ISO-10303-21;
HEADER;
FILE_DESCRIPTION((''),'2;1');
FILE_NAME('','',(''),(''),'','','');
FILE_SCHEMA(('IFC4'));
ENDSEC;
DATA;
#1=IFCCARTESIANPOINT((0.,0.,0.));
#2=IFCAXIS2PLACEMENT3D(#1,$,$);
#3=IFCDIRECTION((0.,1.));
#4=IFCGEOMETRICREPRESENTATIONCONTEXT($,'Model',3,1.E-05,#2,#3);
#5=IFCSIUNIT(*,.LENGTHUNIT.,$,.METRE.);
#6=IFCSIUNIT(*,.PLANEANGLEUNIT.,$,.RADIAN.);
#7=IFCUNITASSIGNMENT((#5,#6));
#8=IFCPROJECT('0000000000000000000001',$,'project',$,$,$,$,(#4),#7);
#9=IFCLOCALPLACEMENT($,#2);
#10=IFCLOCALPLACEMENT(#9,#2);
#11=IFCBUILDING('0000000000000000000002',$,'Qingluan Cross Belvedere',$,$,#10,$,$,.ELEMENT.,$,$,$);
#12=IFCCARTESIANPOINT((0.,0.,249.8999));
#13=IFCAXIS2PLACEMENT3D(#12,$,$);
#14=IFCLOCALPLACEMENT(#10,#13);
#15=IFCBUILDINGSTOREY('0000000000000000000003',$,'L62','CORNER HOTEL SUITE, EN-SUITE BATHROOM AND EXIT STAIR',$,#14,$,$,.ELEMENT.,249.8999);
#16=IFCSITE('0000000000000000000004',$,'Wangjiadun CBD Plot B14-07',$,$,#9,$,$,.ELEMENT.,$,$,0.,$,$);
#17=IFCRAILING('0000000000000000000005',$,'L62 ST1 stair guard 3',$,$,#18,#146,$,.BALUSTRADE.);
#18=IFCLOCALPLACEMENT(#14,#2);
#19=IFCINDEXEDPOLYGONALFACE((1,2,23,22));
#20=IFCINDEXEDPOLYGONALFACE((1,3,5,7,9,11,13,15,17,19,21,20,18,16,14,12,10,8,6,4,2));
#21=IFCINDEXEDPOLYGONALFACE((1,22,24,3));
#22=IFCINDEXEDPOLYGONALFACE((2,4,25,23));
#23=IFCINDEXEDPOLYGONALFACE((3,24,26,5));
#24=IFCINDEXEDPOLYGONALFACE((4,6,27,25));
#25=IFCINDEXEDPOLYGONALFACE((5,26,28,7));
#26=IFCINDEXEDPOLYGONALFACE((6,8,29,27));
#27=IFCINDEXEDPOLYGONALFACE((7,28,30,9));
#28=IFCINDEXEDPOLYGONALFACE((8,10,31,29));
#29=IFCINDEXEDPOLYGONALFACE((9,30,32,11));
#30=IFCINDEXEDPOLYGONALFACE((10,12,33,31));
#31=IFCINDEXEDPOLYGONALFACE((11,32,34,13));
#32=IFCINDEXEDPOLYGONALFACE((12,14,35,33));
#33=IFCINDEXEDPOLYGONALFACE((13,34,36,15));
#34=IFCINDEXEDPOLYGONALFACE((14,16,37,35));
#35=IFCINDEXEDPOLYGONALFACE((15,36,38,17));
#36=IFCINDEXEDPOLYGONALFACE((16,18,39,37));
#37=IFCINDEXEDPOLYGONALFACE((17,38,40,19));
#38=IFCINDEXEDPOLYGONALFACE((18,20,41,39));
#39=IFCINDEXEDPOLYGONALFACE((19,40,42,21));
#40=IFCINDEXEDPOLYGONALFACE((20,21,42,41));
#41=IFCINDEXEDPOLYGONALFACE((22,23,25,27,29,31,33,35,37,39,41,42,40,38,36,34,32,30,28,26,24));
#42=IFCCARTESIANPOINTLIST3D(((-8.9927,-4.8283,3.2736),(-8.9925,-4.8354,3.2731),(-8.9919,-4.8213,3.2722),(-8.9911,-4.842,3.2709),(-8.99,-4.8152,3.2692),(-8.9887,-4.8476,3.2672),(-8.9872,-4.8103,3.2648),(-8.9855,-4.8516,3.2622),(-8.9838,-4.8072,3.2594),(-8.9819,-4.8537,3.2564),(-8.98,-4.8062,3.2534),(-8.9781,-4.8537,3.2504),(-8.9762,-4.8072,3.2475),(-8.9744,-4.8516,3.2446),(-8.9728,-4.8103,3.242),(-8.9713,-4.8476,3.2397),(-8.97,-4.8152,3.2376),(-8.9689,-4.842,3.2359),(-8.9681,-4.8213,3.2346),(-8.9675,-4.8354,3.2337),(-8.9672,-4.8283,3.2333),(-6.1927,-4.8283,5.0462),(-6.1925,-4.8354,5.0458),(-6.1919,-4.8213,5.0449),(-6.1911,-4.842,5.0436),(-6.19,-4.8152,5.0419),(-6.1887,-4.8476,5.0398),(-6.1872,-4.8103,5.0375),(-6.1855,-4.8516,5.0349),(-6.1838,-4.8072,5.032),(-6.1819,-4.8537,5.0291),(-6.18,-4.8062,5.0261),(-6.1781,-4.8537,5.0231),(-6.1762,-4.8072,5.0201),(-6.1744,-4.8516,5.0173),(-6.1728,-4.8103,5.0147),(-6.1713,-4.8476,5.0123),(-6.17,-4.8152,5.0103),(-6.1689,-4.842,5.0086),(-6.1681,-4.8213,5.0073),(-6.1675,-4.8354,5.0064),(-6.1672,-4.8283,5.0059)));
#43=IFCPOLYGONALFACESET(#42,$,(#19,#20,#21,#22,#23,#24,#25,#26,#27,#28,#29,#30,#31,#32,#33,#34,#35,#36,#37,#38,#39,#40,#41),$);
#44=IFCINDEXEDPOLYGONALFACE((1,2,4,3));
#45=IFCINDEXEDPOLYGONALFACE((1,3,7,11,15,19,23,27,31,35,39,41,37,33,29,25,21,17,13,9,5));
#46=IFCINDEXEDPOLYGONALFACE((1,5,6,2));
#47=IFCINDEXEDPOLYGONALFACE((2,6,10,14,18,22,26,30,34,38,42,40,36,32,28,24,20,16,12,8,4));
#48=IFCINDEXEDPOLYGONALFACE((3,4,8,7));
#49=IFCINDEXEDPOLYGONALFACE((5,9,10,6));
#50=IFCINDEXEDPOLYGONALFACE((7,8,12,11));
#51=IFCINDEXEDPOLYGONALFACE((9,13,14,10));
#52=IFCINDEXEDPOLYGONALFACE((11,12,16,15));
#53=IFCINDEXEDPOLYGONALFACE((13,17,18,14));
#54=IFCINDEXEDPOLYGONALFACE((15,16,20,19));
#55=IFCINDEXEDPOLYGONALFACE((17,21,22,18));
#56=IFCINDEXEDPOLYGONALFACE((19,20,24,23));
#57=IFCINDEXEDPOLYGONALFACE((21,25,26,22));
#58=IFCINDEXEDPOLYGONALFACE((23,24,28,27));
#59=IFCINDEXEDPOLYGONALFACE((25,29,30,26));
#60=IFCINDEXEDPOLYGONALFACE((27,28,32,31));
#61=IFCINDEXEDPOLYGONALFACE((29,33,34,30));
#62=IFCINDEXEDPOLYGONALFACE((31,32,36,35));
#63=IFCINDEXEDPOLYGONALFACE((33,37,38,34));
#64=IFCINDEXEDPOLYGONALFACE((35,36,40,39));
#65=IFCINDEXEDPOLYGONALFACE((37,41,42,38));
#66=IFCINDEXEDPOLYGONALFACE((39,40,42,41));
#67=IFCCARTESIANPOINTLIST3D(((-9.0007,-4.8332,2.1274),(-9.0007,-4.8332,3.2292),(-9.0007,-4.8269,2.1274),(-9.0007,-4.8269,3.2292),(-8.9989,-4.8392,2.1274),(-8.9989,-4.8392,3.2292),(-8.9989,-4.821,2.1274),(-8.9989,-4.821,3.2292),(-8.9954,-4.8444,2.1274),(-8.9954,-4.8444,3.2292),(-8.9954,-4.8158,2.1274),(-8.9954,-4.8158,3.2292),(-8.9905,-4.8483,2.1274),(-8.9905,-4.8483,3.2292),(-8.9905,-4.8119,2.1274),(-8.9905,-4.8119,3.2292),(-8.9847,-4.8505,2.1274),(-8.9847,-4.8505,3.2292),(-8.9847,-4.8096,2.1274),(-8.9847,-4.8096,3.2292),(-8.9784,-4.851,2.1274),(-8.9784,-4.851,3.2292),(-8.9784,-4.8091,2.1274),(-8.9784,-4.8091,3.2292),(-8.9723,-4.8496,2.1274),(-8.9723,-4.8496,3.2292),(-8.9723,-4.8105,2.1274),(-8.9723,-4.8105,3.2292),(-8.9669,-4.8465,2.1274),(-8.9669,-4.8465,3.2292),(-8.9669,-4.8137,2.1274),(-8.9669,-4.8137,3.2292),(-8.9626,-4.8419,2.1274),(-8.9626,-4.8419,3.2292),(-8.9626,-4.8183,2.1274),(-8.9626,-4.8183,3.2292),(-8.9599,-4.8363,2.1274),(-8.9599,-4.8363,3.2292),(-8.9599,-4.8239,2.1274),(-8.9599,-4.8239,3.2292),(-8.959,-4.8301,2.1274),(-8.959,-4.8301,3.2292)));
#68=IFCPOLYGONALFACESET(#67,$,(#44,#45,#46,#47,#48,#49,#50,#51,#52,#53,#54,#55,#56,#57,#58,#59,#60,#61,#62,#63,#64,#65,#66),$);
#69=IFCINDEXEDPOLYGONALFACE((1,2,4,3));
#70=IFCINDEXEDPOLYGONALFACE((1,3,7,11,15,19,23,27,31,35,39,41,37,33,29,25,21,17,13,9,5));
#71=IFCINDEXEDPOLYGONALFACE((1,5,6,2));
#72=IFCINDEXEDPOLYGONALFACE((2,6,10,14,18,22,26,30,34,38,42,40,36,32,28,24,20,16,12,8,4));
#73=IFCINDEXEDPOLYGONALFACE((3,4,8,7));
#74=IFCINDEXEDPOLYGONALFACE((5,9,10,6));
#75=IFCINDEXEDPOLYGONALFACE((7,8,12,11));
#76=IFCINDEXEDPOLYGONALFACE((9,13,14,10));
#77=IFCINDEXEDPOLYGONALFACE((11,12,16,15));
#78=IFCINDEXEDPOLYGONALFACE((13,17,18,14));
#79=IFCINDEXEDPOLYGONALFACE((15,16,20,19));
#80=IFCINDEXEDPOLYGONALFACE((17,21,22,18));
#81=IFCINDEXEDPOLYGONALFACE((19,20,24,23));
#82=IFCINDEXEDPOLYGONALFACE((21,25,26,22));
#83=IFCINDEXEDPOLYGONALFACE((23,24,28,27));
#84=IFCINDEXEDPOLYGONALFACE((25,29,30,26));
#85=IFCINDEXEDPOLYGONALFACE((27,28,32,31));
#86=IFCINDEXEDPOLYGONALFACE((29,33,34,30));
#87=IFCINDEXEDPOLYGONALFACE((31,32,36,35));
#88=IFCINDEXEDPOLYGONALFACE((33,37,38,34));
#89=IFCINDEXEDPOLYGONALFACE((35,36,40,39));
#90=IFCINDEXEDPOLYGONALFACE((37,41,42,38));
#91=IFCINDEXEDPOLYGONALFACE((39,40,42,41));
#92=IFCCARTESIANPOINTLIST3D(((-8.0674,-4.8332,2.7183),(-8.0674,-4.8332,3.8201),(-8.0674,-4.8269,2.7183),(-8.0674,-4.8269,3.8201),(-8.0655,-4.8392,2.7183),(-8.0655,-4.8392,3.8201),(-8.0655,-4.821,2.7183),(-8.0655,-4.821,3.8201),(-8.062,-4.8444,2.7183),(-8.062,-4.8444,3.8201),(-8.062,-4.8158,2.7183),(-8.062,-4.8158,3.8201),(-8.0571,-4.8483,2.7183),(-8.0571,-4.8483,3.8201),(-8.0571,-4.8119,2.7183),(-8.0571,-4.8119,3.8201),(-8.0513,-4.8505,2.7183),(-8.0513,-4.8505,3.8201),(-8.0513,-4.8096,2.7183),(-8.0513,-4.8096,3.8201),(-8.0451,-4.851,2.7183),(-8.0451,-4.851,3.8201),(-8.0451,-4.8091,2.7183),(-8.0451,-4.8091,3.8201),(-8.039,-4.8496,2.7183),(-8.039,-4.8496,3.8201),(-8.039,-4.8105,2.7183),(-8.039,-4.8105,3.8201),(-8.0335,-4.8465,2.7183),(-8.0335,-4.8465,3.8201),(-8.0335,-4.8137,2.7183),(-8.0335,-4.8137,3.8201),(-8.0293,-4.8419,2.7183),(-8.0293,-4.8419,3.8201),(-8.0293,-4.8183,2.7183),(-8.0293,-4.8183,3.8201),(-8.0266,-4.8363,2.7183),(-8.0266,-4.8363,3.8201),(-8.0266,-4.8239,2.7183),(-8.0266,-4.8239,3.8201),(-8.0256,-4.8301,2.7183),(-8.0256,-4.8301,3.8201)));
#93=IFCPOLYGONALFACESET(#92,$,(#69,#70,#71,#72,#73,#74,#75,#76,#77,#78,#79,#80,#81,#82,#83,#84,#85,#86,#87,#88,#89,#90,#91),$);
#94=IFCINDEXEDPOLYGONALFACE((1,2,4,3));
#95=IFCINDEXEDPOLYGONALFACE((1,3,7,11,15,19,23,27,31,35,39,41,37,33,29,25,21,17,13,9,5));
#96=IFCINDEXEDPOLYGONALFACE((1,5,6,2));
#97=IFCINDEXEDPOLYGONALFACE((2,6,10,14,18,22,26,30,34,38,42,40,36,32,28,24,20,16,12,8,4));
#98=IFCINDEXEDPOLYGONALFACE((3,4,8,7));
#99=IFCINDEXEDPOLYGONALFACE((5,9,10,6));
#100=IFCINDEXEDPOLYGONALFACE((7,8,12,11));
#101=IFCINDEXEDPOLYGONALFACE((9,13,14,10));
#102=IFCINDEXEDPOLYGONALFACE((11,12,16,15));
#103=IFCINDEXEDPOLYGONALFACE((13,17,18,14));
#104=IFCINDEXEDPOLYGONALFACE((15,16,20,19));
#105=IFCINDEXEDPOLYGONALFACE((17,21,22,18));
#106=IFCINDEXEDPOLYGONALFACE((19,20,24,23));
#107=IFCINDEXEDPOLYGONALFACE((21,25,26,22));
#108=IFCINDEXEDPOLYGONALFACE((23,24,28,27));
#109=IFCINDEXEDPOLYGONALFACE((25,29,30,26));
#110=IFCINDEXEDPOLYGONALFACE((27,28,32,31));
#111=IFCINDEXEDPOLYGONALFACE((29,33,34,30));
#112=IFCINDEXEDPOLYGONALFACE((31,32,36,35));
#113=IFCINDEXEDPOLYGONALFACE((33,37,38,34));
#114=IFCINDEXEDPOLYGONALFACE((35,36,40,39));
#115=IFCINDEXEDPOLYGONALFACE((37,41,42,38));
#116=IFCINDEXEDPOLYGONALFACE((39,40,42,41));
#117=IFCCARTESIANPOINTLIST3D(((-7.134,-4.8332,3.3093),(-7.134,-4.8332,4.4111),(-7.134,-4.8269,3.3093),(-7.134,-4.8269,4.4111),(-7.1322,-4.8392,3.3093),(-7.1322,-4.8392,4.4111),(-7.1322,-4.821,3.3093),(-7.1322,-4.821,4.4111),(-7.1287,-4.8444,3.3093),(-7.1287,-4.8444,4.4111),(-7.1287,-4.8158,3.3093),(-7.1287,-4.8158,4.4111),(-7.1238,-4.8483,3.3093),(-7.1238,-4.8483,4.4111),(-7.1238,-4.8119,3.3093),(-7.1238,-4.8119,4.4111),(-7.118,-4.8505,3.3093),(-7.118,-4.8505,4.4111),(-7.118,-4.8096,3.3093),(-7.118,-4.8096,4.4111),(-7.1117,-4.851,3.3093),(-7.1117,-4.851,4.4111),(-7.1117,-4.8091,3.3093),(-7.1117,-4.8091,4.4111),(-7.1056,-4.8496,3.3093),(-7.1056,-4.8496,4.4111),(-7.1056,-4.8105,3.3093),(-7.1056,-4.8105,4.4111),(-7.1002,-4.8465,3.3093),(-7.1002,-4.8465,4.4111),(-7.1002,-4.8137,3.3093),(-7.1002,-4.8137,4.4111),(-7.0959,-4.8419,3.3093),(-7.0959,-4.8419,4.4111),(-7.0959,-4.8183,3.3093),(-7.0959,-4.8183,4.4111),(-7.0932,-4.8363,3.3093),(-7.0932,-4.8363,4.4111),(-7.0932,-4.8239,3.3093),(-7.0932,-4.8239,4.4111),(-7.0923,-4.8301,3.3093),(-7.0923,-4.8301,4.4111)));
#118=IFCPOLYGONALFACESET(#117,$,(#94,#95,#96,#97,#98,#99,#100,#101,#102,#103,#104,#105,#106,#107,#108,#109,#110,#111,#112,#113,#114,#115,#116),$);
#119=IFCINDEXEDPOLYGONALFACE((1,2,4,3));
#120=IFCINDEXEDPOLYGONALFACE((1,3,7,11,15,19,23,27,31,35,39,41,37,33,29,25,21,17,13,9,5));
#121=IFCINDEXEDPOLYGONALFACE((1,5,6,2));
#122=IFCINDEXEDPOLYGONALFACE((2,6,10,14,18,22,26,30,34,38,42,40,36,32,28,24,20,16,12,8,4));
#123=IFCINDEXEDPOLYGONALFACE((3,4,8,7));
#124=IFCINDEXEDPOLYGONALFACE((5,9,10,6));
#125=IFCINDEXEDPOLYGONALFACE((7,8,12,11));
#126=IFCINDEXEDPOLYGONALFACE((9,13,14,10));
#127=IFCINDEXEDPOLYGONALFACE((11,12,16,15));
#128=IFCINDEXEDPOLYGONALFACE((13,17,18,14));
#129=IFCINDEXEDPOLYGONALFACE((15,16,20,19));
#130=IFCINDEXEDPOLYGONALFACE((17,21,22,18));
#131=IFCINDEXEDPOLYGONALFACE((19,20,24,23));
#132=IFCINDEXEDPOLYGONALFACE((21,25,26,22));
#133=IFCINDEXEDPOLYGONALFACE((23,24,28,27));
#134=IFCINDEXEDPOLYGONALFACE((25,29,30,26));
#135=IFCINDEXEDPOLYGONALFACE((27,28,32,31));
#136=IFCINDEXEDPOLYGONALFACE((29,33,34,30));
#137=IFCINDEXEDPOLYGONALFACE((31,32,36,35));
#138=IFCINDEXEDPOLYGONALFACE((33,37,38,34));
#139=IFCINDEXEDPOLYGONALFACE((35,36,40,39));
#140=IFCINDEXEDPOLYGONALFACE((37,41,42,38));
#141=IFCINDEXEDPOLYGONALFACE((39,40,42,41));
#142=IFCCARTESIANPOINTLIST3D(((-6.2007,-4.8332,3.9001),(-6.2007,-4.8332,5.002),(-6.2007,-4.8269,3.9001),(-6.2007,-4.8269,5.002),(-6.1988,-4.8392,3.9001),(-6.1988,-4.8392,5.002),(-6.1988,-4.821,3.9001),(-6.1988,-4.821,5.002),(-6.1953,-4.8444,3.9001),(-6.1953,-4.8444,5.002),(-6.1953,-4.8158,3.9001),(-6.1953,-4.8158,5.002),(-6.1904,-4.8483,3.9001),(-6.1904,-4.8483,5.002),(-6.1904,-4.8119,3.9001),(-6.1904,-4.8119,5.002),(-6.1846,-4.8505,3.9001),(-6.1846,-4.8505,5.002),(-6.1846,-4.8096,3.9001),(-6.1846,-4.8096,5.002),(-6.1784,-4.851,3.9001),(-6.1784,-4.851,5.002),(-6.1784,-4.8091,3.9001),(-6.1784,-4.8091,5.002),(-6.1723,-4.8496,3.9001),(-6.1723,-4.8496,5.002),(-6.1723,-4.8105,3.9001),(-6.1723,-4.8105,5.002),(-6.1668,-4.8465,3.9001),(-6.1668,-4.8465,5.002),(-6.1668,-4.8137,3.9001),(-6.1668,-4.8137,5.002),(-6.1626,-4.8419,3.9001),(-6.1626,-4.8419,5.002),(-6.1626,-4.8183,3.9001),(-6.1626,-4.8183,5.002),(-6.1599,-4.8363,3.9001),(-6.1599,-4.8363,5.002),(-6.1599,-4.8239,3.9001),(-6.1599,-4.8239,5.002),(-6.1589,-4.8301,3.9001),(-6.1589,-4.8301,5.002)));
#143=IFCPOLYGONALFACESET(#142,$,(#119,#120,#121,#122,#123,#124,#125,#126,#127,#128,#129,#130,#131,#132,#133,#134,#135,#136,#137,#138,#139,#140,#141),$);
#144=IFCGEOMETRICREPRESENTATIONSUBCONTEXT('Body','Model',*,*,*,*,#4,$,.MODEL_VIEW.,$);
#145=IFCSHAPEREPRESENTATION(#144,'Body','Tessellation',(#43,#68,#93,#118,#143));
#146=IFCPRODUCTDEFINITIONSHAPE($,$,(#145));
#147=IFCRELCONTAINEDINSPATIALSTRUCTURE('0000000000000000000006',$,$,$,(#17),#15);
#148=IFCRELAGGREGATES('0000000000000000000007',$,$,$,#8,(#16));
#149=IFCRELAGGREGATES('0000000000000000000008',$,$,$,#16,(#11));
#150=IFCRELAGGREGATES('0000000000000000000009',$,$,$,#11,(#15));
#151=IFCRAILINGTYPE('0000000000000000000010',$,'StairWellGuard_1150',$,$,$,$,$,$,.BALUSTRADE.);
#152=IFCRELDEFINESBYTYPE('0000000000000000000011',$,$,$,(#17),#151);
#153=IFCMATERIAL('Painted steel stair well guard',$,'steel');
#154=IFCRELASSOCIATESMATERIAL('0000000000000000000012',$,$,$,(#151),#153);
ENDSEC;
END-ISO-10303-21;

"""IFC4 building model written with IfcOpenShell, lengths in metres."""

from ifc_helpers import new_model, si_unit, direction, frame, origin, origin_2d, place, context, subcontext, project, spatial, circle, extrude, material, type_object, element, save


model = new_model("IFC4")

# Units and contexts
model_context = context("Model", 3, precision=1e-05, world=origin(), true_north=direction((0.0, 1.0)))
body_context = subcontext(model_context, "Body", "Model", "MODEL_VIEW")
ifc_project = project(units=[si_unit("LENGTHUNIT", "METRE"), si_unit("PLANEANGLEUNIT", "RADIAN")], contexts=[model_context])

# Site, building, storey
site_placement = place(None, origin())
site = spatial("IfcSite", under=ifc_project, at=site_placement, Name="Wangjiadun CBD Plot B14-07", CompositionType="ELEMENT", RefElevation=0.0)
building_placement = place(site_placement, origin())
building = spatial("IfcBuilding", under=site, at=building_placement, Name="Qingluan Cross Belvedere", CompositionType="ELEMENT")
storey_placement = place(building_placement, frame((0.0, 0.0, 249.8999)))
storey = spatial("IfcBuildingStorey", under=building, at=storey_placement, Name="L62", Description="CORNER HOTEL SUITE, EN-SUITE BATHROOM AND EXIT STAIR", CompositionType="ELEMENT", Elevation=249.8999)

# Railing
ifc_material_1 = material(Name="Painted steel stair well guard", Category="steel")
railing_type_1 = type_object("IfcRailingType", Name="StairWellGuard_1150", PredefinedType="BALUSTRADE", material=ifc_material_1)
railing_1_placement = place(storey_placement, frame((-8.98, -4.8301, 2.1274)))
element("IfcRailing", 1, at=railing_1_placement, inside=storey, type_object=railing_type_1, Name="L62 ST1 stair guard 3", PredefinedType="BALUSTRADE", context=body_context, shape_type="SweptSolid", body=[
    extrude(circle(Radius=0.0239, at=origin_2d()), frame((0.0, 0.0, 1.126), z_axis=(0.844909, 0.0, 0.53491), x_axis=(0.0, 1.0, 0.0)), (0.0, 0.0, 1.0), 3.314),
    extrude(circle(Radius=0.021, at=origin_2d()), origin(), (0.0, 0.0, 1.0), 1.1018),
    extrude(circle(Radius=0.021, at=origin_2d()), frame((0.9333, 0.0, 0.5908)), (0.0, 0.0, 1.0), 1.1018),
    extrude(circle(Radius=0.021, at=origin_2d()), frame((1.8667, 0.0, 1.1819)), (0.0, 0.0, 1.0), 1.1018),
    extrude(circle(Radius=0.021, at=origin_2d()), frame((2.8, 0.0, 1.7727)), (0.0, 0.0, 1.0), 1.1018),
])

save(model, "model.ifc")
